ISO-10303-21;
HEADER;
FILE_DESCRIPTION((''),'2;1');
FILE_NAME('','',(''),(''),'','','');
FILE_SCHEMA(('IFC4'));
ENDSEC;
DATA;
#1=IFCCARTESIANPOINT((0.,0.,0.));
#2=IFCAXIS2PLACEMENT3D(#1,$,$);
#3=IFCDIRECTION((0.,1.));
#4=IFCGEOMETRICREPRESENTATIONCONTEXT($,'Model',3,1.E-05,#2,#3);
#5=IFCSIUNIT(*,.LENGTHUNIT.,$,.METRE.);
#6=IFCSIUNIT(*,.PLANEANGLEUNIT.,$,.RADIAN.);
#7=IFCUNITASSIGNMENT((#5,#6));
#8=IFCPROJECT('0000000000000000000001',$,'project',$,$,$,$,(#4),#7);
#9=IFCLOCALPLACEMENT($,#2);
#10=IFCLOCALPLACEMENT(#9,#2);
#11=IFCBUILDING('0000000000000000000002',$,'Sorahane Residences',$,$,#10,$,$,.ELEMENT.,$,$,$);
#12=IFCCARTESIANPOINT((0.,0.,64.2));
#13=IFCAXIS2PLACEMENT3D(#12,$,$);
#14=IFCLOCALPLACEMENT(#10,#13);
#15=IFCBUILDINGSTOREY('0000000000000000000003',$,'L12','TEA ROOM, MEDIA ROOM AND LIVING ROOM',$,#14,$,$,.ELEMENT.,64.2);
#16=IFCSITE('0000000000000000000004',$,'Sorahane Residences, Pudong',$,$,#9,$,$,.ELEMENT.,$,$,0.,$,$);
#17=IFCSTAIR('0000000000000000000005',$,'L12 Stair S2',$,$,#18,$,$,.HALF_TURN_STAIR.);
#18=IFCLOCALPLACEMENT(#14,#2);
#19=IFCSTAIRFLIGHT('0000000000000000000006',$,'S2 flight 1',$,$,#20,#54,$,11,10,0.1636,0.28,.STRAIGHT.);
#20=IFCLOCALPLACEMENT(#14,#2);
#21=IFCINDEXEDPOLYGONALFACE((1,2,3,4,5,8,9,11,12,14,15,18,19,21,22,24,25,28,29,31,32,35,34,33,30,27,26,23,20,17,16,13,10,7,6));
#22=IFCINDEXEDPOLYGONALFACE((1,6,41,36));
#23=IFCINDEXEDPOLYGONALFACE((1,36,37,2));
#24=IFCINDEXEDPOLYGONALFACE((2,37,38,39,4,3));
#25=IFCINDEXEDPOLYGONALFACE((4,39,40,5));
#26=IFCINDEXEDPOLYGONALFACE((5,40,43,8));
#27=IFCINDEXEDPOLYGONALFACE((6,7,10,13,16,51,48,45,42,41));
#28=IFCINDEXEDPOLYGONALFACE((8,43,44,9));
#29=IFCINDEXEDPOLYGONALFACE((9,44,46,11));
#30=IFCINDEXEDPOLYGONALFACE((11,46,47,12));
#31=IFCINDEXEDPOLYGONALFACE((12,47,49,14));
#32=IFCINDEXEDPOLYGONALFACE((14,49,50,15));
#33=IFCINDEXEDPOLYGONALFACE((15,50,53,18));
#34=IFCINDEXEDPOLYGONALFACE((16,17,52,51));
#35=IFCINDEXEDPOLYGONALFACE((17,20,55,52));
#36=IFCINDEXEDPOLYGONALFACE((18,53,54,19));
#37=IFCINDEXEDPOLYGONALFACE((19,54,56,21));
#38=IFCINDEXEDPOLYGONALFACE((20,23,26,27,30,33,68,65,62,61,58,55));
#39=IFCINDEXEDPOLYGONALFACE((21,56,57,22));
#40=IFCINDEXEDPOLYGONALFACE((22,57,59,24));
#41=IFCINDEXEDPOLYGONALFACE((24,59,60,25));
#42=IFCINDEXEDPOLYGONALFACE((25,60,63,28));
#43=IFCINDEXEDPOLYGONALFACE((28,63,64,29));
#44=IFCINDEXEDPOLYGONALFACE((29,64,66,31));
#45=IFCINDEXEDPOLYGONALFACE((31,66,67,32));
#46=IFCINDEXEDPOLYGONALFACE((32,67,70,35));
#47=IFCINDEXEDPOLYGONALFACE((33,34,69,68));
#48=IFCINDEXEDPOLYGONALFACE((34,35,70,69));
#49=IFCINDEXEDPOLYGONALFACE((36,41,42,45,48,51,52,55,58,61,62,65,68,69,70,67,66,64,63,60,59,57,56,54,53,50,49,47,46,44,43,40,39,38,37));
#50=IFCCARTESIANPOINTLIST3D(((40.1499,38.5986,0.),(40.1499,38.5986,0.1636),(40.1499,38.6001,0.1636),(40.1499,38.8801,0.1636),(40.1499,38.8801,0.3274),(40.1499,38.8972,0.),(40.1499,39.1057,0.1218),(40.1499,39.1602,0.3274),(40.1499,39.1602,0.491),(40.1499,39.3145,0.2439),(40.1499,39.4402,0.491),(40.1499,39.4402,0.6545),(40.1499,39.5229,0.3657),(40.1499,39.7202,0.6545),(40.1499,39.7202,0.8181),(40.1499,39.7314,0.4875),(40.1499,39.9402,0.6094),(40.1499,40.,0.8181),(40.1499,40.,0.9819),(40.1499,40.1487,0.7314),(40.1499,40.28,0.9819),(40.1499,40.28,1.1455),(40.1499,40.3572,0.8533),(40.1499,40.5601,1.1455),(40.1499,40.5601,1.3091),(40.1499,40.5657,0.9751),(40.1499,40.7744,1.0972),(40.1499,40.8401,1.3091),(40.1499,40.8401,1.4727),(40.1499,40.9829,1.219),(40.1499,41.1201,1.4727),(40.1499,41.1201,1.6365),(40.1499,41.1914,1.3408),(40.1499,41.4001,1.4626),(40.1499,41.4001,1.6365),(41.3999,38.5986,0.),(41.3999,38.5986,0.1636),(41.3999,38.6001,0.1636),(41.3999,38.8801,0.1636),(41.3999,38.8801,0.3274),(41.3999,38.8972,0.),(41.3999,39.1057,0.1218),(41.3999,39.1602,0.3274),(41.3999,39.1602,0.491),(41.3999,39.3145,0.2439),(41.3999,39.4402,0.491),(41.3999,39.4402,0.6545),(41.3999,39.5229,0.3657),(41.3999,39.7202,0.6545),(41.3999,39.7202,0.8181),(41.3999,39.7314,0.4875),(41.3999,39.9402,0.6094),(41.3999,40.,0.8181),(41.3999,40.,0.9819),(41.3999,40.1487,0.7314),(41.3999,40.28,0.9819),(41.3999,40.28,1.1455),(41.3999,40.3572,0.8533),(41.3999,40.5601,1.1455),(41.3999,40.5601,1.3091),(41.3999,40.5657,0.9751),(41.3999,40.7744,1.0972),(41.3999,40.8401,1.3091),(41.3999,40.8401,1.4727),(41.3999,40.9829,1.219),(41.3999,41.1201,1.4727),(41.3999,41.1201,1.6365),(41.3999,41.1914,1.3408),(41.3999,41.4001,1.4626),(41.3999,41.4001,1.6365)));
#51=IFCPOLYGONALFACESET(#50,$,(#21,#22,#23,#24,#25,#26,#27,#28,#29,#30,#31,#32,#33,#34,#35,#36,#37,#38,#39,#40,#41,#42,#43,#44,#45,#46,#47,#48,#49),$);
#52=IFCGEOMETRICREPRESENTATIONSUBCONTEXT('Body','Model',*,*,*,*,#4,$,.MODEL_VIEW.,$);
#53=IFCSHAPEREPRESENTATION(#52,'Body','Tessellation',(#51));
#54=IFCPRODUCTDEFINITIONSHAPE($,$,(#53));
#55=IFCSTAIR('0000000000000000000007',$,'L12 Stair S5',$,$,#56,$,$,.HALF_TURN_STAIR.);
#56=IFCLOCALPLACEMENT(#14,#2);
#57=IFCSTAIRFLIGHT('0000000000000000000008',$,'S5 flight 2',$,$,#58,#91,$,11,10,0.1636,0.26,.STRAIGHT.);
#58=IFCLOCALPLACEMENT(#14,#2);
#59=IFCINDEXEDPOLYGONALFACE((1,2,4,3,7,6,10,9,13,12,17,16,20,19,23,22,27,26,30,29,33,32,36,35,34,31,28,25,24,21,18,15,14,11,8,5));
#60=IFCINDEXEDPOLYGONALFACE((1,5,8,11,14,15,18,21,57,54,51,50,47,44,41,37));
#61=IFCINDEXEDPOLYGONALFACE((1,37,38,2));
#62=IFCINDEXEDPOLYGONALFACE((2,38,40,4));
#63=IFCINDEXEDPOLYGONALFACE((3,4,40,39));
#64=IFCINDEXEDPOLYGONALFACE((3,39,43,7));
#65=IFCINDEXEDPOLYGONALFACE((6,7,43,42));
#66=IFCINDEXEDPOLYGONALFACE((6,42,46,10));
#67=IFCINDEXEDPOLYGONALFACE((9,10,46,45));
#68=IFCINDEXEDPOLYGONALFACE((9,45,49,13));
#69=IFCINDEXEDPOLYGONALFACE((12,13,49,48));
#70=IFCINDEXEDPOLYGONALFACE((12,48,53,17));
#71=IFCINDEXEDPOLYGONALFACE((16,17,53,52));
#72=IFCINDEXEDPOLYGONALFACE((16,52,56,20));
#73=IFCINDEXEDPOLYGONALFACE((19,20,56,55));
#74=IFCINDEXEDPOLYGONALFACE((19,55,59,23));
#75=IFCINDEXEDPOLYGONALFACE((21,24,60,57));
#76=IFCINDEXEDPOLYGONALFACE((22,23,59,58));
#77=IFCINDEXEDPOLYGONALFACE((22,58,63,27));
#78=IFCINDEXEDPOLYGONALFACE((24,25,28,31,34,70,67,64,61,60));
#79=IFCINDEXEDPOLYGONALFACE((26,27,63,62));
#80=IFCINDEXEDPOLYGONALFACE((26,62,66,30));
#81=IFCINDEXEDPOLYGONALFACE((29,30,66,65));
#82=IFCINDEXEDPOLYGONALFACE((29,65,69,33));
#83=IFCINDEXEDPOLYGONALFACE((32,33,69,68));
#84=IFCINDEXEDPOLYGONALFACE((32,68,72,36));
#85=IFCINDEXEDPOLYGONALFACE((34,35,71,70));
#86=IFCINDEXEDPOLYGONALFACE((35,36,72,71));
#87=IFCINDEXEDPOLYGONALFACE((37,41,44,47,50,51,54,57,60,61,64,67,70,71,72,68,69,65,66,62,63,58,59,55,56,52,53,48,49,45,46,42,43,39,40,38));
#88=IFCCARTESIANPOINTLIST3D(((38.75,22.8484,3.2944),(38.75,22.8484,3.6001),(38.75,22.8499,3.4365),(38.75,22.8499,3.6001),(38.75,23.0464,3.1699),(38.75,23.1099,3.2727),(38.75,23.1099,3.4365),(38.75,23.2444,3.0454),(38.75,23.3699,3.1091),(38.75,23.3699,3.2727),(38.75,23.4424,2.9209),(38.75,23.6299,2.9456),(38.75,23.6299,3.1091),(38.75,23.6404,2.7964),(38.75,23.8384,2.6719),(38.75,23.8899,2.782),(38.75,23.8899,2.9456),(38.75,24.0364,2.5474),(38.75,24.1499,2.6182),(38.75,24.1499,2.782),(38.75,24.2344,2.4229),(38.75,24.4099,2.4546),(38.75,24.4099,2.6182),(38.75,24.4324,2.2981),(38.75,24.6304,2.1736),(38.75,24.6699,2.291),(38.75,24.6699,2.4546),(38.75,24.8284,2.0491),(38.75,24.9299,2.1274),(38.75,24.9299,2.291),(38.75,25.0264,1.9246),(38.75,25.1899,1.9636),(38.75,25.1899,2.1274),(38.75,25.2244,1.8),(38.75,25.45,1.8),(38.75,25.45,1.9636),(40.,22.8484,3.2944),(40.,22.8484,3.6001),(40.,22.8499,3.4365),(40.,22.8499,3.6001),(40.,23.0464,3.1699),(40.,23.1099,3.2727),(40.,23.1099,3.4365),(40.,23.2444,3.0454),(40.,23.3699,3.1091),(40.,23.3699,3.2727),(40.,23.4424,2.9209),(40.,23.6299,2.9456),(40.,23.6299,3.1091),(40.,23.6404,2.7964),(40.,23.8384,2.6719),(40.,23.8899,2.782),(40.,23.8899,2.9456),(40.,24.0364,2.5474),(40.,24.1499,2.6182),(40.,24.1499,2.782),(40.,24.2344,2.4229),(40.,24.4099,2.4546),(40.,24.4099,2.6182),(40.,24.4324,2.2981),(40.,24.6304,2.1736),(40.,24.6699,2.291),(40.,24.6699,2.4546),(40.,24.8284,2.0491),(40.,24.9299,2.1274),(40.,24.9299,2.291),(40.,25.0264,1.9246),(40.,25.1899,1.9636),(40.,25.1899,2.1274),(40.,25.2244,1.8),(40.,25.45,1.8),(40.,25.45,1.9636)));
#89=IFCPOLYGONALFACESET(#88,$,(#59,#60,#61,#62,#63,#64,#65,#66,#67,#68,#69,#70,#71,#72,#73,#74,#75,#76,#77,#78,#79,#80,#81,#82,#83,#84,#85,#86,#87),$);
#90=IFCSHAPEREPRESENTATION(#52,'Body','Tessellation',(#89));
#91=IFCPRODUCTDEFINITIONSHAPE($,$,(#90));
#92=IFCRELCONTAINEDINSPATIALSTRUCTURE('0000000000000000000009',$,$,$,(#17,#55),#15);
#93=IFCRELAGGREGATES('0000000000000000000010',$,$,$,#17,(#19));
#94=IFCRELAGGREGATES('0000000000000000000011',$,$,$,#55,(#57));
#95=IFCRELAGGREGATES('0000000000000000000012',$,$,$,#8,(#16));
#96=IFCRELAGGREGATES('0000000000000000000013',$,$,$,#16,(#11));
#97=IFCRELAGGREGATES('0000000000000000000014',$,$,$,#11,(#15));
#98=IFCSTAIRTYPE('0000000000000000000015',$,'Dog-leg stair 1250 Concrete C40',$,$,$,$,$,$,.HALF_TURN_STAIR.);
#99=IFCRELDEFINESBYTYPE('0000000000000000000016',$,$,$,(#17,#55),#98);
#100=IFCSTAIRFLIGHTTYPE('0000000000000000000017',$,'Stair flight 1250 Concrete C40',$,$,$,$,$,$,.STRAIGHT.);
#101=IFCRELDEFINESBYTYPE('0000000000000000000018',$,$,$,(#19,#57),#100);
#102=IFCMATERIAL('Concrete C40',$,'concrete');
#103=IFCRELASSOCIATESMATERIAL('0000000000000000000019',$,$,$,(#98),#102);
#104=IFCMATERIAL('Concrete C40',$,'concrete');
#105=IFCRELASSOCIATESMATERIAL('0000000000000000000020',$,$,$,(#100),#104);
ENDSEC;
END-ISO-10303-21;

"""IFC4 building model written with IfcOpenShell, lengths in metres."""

from ifc_helpers import new_model, si_unit, direction, frame, origin, place, context, subcontext, project, spatial, polyline, outline, extrude, material, type_object, element, aggregate, save


model = new_model("IFC4")

# Units and contexts
model_context = context("Model", 3, precision=1e-05, world=origin(), true_north=direction((0.0, 1.0)))
body_context = subcontext(model_context, "Body", "Model", "MODEL_VIEW")
ifc_project = project(units=[si_unit("LENGTHUNIT", "METRE"), si_unit("PLANEANGLEUNIT", "RADIAN")], contexts=[model_context])

# Site, building, storey
site_placement = place(None, origin())
site = spatial("IfcSite", under=ifc_project, at=site_placement, Name="Sorahane Residences, Pudong", CompositionType="ELEMENT", RefElevation=0.0)
building_placement = place(site_placement, origin())
building = spatial("IfcBuilding", under=site, at=building_placement, Name="Sorahane Residences", CompositionType="ELEMENT")
storey_placement = place(building_placement, frame((0.0, 0.0, 64.2)))
storey = spatial("IfcBuildingStorey", under=building, at=storey_placement, Name="L12", Description="TEA ROOM, MEDIA ROOM AND LIVING ROOM", CompositionType="ELEMENT", Elevation=64.2)

# Stairs, stair flights
ifc_material_1 = material(Name="Concrete C40", Category="concrete")
stair_type = type_object("IfcStairType", Name="Dog-leg stair 1250 Concrete C40", PredefinedType="HALF_TURN_STAIR", material=ifc_material_1)
stair_1_placement = place(storey_placement, origin())
stair_1 = element("IfcStair", 1, at=stair_1_placement, inside=storey, type_object=stair_type, Name="L12 Stair S2", PredefinedType="HALF_TURN_STAIR")
ifc_material_2 = material(Name="Concrete C40", Category="concrete")
stair_flight_type = type_object("IfcStairFlightType", Name="Stair flight 1250 Concrete C40", PredefinedType="STRAIGHT", material=ifc_material_2)
stair_flight_1_placement = place(storey_placement, frame((40.7749, 38.6001, 0.0), z_axis=(0.0, 0.0, 1.0), x_axis=(0.0, 1.0, 0.0)))
stair_flight_1 = element("IfcStairFlight", 2, at=stair_flight_1_placement, type_object=stair_flight_type, Name="S2 flight 1", NumberOfRisers=11, NumberOfTreads=10, PredefinedType="STRAIGHT", RiserHeight=0.1636, TreadLength=0.28, context=body_context, shape_type="SweptSolid", body=[
    extrude(outline(polyline([(-0.0015, 0.0), (-0.0015, 0.1636), (0.0, 0.1636), (0.28, 0.1636), (0.28, 0.3274), (0.5601, 0.3274), (0.5601, 0.491), (0.8401, 0.491), (0.8401, 0.6545), (1.1201, 0.6545), (1.1201, 0.8181), (1.3999, 0.8181), (1.3999, 0.9819), (1.6799, 0.9819), (1.6799, 1.1455), (1.96, 1.1455), (1.96, 1.3091), (2.24, 1.3091), (2.24, 1.4727), (2.52, 1.4727), (2.52, 1.6365), (2.8, 1.6365), (2.8, 1.8), (2.8, 1.4626), (2.5913, 1.3408), (2.3828, 1.219), (2.1743, 1.0972), (1.9656, 0.9751), (1.7571, 0.8533), (1.5486, 0.7314), (1.3401, 0.6094), (1.1313, 0.4875), (0.9229, 0.3657), (0.7144, 0.2439), (0.5056, 0.1218), (0.2971, 0.0), (-0.0015, 0.0)])), frame((0.0, 0.625, 0.0), z_axis=(0.0, -1.0, 0.0), x_axis=(1.0, 0.0, 0.0)), (0.0, 0.0, 1.0), 1.25),
])
aggregate(stair_1, [stair_flight_1])
stair_2_placement = place(storey_placement, origin())
stair_2 = element("IfcStair", 3, at=stair_2_placement, inside=storey, type_object=stair_type, Name="L12 Stair S5", PredefinedType="HALF_TURN_STAIR")
stair_flight_2_placement = place(storey_placement, frame((39.375, 25.45, 1.8), z_axis=(0.0, 0.0, 1.0), x_axis=(0.0, -1.0, 0.0)))
stair_flight_2 = element("IfcStairFlight", 4, at=stair_flight_2_placement, type_object=stair_flight_type, Name="S5 flight 2", NumberOfRisers=11, NumberOfTreads=10, PredefinedType="STRAIGHT", RiserHeight=0.1636, TreadLength=0.26, context=body_context, shape_type="SweptSolid", body=[
    extrude(outline(polyline([(0.0, 0.0), (0.0, 0.1636), (0.26, 0.1636), (0.26, 0.3274), (0.52, 0.3274), (0.52, 0.491), (0.78, 0.491), (0.78, 0.6545), (1.04, 0.6545), (1.04, 0.8181), (1.3, 0.8181), (1.3, 0.9819), (1.5601, 0.9819), (1.5601, 1.1455), (1.8201, 1.1455), (1.8201, 1.3091), (2.0801, 1.3091), (2.0801, 1.4727), (2.3401, 1.4727), (2.3401, 1.6365), (2.6001, 1.6365), (2.6001, 1.8), (2.6016, 1.8), (2.6016, 1.4944), (2.4036, 1.3699), (2.2056, 1.2454), (2.0076, 1.1208), (1.8096, 0.9963), (1.6116, 0.8718), (1.4136, 0.7473), (1.2156, 0.6228), (1.0176, 0.498), (0.8196, 0.3735), (0.6216, 0.249), (0.4236, 0.1245), (0.2256, 0.0), (0.0, 0.0)])), frame((0.0, 0.625, 0.0), z_axis=(0.0, -1.0, 0.0), x_axis=(1.0, 0.0, 0.0)), (0.0, 0.0, 1.0), 1.25),
])
aggregate(stair_2, [stair_flight_2])

save(model, "model.ifc")
